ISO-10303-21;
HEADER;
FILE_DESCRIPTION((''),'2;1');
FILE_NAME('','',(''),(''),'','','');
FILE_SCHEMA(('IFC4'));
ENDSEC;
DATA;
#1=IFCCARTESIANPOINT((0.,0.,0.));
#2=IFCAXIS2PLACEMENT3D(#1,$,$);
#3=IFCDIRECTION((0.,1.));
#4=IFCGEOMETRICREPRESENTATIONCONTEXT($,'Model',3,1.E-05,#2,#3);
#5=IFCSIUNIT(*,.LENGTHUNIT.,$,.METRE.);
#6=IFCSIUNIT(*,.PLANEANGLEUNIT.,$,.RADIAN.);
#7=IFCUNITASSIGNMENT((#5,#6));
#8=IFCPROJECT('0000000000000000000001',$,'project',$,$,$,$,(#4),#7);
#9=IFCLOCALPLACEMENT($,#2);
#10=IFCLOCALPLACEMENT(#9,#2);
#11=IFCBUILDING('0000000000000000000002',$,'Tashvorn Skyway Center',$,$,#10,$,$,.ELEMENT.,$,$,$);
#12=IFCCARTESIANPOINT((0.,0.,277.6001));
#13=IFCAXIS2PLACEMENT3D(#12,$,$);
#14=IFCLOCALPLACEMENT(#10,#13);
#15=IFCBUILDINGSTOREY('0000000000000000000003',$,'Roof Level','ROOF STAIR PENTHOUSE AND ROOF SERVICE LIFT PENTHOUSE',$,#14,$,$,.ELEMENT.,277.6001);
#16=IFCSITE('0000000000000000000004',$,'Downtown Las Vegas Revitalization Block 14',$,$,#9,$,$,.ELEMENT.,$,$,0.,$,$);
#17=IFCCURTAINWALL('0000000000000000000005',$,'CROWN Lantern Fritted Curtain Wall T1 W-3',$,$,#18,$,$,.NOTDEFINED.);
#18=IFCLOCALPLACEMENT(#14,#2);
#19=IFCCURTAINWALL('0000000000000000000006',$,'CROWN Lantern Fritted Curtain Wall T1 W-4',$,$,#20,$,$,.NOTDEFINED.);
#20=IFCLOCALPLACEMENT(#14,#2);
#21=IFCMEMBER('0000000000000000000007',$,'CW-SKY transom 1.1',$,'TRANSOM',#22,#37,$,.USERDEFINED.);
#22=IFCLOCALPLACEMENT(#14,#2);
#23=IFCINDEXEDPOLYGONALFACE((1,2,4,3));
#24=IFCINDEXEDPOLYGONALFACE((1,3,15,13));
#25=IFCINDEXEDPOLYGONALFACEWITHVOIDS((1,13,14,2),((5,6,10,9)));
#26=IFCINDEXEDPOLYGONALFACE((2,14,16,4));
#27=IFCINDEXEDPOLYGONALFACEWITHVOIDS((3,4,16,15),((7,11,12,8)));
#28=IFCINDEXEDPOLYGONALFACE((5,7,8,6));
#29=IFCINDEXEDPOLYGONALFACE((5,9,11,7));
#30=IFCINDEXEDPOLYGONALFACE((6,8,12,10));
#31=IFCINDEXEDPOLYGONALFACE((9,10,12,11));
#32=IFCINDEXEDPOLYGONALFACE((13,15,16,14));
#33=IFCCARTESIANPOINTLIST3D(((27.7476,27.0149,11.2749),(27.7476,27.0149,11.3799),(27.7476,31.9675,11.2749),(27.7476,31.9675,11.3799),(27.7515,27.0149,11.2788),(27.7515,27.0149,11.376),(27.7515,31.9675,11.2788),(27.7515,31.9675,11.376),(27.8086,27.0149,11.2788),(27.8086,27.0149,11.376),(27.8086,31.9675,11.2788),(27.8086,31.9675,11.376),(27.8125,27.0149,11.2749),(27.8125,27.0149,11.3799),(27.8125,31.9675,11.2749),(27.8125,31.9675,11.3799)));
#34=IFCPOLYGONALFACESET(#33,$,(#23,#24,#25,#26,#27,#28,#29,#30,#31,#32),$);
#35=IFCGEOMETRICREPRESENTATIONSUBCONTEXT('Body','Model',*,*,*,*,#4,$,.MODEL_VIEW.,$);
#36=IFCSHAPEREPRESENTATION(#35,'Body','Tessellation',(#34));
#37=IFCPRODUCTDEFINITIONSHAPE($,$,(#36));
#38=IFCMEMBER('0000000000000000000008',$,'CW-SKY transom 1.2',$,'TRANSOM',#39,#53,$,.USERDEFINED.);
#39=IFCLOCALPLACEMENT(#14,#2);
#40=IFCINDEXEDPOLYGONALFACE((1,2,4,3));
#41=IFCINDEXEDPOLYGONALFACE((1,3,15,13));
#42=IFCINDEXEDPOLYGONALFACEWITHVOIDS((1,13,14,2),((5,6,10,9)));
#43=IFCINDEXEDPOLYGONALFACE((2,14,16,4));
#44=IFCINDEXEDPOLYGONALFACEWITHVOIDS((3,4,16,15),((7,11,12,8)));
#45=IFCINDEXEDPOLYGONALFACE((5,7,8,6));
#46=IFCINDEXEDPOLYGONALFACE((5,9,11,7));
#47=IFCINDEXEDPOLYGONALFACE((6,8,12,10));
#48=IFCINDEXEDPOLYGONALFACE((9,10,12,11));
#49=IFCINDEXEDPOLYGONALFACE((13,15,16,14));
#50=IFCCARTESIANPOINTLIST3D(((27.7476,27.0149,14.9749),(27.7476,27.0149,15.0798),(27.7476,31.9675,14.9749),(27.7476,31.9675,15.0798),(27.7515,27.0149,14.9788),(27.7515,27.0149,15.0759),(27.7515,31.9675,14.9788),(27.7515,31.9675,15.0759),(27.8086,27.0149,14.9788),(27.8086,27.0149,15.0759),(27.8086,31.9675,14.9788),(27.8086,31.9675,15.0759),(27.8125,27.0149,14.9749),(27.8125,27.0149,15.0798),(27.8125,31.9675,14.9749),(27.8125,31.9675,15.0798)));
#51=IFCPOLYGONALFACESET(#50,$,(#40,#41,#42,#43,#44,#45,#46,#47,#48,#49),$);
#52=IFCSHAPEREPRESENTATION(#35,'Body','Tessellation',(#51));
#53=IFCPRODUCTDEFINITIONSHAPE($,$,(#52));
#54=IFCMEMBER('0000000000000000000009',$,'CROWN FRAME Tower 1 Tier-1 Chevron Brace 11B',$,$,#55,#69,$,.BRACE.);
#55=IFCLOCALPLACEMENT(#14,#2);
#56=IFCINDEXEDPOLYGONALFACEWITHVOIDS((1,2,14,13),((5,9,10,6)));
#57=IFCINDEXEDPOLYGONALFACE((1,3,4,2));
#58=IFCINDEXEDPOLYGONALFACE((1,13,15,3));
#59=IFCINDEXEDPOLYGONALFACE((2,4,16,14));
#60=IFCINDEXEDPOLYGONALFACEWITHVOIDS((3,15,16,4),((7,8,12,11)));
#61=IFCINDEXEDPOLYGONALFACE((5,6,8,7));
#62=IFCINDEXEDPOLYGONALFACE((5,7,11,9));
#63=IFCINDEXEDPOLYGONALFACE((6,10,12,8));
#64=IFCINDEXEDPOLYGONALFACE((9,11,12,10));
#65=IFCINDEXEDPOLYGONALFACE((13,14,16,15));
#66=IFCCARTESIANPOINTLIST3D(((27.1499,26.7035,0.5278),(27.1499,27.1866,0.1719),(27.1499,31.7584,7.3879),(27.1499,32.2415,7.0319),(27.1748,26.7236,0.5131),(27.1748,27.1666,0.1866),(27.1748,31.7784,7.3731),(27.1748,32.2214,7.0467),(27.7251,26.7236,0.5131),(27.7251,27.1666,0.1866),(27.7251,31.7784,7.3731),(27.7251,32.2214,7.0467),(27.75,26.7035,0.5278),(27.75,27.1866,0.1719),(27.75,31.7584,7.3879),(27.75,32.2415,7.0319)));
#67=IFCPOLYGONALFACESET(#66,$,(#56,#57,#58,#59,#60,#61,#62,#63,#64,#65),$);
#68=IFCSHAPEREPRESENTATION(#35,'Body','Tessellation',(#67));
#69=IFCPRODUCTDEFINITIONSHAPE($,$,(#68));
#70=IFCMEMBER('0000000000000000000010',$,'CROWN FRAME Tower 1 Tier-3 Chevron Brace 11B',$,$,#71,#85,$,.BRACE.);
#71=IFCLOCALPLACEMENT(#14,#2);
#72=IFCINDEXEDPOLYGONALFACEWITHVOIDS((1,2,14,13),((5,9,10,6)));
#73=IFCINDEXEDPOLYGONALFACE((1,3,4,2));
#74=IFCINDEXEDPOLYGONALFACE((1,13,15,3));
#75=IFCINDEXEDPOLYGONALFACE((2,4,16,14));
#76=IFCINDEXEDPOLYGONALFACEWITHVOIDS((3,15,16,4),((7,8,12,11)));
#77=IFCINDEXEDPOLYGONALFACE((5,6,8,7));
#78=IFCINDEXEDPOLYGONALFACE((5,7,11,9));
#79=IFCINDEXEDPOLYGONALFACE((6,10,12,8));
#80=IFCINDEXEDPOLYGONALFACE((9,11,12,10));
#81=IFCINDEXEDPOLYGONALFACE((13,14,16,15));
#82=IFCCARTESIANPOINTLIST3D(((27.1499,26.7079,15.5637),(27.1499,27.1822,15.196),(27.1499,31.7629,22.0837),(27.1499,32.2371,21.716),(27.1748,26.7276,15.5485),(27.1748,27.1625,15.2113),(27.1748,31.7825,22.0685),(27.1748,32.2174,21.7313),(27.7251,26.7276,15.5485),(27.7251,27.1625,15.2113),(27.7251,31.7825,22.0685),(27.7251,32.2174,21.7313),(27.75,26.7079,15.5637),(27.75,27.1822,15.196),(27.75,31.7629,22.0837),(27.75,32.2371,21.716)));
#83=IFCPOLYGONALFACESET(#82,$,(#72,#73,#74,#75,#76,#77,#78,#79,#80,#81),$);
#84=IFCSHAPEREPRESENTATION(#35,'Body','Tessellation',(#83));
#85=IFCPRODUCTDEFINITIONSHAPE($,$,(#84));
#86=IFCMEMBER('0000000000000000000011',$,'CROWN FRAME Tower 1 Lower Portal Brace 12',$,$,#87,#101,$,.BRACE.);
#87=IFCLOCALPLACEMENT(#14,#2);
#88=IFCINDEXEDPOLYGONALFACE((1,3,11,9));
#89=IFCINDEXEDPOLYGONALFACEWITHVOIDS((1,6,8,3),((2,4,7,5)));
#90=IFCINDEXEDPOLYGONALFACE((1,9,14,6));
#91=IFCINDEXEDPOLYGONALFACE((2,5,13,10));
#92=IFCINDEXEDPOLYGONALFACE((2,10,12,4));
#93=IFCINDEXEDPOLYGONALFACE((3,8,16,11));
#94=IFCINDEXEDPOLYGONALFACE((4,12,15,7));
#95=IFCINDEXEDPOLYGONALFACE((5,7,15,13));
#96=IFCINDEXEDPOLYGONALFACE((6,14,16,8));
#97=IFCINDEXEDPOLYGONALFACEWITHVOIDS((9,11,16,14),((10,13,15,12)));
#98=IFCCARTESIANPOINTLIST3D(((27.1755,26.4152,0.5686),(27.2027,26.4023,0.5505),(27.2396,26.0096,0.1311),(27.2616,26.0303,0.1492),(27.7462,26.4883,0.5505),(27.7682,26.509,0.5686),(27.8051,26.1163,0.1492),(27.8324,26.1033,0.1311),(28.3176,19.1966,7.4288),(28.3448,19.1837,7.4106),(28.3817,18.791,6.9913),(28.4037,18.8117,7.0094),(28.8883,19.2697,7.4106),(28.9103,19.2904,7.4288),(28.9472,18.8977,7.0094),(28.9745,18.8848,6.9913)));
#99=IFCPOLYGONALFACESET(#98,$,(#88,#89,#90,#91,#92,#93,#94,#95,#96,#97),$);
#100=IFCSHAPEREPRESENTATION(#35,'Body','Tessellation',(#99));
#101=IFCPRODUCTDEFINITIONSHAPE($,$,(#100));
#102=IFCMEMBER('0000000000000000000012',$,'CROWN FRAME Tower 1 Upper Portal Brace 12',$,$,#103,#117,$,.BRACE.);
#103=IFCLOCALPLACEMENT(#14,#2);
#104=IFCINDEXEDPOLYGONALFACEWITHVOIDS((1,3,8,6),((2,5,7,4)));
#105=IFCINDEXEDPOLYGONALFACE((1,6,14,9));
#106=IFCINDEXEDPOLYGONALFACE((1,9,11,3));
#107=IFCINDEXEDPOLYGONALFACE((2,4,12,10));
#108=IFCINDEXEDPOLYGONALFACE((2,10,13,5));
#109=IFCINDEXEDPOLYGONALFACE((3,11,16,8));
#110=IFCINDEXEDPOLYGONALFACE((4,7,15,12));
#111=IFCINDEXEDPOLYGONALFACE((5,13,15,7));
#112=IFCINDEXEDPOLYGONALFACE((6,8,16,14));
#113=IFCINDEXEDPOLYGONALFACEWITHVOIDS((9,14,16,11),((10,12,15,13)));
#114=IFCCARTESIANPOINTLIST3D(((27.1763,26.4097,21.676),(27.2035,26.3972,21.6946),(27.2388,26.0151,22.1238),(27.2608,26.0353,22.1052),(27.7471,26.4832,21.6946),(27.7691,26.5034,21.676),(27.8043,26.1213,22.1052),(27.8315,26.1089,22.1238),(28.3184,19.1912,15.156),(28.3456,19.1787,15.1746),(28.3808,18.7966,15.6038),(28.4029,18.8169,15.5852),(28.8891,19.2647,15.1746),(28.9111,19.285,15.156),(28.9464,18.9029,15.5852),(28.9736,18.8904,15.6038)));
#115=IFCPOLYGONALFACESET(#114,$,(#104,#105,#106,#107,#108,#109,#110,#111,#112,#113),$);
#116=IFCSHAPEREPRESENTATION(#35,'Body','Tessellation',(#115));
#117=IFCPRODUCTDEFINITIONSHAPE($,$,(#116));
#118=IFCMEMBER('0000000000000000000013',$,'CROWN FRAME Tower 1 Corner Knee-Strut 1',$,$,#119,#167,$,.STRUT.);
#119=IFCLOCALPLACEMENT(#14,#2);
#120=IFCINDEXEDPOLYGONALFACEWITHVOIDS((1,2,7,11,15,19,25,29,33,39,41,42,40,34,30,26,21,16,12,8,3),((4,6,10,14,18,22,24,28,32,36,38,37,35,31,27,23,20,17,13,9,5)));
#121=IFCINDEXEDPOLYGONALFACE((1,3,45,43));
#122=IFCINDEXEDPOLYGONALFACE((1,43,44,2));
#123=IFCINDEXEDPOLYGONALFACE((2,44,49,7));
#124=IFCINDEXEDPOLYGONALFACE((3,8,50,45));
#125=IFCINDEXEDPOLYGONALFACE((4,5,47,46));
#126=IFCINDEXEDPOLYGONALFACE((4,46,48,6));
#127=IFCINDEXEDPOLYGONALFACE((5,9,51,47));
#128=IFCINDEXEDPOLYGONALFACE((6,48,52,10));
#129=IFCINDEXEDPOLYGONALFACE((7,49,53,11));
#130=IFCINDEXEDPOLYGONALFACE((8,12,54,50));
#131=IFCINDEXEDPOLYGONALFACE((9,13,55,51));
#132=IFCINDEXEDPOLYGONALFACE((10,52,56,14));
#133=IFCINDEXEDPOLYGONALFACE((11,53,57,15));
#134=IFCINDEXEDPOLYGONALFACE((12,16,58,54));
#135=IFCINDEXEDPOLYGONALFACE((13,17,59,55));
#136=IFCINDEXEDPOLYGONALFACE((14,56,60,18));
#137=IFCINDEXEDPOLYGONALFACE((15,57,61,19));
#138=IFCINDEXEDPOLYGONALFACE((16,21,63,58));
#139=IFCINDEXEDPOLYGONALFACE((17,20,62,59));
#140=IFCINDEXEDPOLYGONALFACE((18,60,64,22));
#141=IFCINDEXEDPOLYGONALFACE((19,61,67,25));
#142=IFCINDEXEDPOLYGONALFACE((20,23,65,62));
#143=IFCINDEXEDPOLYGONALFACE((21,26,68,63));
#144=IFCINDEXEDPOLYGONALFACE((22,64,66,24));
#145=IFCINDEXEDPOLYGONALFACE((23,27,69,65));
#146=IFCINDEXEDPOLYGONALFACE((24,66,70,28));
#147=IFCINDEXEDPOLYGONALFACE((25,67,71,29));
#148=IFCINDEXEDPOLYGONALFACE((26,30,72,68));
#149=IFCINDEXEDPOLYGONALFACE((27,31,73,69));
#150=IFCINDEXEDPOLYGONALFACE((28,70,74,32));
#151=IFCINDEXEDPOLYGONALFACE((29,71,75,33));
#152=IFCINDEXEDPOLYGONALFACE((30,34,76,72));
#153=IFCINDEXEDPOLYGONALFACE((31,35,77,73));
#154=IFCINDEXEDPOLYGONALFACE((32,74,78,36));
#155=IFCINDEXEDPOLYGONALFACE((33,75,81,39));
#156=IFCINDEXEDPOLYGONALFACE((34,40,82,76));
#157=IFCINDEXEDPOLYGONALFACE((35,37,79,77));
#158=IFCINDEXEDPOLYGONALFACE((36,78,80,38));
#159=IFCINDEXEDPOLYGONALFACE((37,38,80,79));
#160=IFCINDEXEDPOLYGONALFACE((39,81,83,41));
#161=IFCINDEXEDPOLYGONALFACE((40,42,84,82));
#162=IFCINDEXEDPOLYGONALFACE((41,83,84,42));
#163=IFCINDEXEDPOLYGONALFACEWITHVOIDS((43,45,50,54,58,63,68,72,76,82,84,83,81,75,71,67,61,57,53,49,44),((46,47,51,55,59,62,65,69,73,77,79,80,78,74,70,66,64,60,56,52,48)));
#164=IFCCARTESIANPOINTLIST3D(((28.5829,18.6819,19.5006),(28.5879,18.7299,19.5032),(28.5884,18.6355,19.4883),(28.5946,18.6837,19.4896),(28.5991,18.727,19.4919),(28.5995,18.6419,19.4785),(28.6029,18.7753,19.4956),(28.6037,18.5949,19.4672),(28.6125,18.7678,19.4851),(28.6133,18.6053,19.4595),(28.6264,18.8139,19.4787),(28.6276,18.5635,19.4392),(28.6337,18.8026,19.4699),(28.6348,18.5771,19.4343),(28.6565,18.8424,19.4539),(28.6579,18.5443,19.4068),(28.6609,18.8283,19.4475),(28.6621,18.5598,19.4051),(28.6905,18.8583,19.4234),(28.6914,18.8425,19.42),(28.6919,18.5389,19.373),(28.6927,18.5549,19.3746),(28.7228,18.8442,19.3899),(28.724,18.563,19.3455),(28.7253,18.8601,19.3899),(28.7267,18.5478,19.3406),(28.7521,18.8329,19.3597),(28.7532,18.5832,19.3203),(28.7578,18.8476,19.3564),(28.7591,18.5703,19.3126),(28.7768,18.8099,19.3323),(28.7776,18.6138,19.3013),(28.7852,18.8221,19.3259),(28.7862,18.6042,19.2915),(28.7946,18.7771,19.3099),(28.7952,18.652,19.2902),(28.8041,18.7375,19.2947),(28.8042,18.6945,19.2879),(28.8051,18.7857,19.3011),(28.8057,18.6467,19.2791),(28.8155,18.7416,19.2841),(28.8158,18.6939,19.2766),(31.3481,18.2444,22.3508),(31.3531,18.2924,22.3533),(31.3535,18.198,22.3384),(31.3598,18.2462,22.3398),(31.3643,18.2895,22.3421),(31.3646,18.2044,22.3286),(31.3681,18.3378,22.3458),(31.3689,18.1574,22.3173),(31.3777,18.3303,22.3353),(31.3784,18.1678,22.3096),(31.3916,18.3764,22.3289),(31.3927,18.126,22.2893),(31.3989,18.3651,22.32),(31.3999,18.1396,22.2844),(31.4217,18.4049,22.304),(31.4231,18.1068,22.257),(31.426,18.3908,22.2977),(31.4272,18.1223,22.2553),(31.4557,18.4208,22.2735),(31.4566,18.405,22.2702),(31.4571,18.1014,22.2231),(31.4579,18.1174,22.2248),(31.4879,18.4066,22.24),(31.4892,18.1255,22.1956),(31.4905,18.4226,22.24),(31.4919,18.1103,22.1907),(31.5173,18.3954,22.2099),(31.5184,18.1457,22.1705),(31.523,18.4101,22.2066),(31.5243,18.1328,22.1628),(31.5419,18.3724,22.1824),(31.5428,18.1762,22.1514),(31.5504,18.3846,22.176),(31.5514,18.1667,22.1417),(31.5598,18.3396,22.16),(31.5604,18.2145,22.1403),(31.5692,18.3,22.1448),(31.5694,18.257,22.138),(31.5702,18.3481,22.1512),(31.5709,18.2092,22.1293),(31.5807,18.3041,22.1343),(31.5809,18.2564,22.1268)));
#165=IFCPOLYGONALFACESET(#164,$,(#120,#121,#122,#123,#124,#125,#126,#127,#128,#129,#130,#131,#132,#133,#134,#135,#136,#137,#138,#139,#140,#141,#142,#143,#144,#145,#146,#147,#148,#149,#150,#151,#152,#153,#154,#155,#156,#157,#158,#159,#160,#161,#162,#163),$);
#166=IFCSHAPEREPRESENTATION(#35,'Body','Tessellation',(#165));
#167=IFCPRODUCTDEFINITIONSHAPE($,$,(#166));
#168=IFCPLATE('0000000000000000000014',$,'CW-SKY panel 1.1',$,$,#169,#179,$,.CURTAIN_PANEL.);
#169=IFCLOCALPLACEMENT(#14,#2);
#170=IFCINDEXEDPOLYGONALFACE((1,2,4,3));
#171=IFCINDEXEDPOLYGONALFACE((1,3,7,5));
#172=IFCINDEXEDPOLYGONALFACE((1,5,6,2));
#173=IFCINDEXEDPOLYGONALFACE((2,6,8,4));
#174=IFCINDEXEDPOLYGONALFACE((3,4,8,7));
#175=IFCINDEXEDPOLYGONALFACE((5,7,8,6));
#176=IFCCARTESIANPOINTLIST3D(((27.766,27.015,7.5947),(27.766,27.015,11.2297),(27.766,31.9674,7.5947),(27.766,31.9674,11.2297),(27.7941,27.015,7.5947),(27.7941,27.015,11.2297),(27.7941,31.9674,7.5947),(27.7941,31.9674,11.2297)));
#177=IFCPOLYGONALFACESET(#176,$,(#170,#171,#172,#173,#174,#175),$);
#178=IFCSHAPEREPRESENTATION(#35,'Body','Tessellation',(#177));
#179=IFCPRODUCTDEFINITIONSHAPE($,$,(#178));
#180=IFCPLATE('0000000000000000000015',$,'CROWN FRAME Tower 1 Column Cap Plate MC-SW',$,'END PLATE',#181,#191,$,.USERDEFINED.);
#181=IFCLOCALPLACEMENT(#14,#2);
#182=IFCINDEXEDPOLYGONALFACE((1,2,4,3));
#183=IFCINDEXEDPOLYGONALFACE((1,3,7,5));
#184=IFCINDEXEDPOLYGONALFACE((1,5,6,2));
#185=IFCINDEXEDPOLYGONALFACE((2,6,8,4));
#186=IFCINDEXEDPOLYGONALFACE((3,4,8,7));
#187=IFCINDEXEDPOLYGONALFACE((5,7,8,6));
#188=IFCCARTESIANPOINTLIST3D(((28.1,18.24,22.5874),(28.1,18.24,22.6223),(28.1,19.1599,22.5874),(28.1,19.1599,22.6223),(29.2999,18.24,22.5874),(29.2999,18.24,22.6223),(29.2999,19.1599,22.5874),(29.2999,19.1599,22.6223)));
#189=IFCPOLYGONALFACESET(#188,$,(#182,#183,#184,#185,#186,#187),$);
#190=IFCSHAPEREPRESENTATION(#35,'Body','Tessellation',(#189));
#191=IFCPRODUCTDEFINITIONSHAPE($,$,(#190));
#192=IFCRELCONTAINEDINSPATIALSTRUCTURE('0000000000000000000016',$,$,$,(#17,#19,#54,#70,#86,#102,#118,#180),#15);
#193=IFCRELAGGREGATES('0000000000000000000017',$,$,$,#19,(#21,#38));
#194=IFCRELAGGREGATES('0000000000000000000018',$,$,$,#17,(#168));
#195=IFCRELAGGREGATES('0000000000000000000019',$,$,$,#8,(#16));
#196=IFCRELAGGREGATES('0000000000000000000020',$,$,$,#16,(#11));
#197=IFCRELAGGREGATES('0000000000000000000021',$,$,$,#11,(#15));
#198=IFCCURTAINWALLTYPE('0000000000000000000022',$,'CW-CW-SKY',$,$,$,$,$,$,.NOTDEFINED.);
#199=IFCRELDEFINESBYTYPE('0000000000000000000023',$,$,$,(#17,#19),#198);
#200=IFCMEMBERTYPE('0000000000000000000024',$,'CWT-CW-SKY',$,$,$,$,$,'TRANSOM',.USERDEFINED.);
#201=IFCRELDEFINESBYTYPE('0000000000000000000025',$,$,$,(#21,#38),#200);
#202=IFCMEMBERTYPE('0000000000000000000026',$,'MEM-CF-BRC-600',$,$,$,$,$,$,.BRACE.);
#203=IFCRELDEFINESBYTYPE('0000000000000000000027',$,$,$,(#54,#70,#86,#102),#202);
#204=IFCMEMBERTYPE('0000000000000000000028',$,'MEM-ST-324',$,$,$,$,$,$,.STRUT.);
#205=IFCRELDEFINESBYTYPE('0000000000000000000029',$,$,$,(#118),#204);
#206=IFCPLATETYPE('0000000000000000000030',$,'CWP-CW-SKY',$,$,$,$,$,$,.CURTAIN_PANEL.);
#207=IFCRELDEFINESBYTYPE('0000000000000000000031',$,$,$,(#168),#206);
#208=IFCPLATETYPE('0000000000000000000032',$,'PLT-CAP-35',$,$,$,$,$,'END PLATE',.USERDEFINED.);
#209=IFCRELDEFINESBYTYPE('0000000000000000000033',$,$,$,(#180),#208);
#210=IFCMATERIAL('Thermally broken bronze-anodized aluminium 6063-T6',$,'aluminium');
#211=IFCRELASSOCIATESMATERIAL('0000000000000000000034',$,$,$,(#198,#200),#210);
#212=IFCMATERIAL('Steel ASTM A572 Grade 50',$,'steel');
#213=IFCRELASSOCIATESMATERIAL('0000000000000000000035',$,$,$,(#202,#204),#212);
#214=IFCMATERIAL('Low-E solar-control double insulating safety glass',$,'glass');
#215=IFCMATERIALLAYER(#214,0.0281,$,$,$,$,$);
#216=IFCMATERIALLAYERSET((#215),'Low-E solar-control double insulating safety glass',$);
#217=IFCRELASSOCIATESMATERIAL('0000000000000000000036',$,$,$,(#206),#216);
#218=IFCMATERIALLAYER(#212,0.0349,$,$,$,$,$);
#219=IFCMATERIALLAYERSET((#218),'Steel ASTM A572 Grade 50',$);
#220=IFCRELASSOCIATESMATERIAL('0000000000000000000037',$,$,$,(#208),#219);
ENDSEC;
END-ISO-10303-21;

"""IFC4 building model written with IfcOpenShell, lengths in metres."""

from ifc_helpers import new_model, si_unit, direction, frame, origin, origin_2d, place, context, subcontext, project, spatial, rectangle, hollow_rectangle, hollow_circle, extrude, material, layer, layer_set, material_profile, profile_set, type_object, element, aggregate, save


model = new_model("IFC4")

# Units and contexts
model_context = context("Model", 3, precision=1e-05, world=origin(), true_north=direction((0.0, 1.0)))
body_context = subcontext(model_context, "Body", "Model", "MODEL_VIEW")
ifc_project = project(units=[si_unit("LENGTHUNIT", "METRE"), si_unit("PLANEANGLEUNIT", "RADIAN")], contexts=[model_context])

# Site, building, storey
site_placement = place(None, origin())
site = spatial("IfcSite", under=ifc_project, at=site_placement, Name="Downtown Las Vegas Revitalization Block 14", CompositionType="ELEMENT", RefElevation=0.0)
building_placement = place(site_placement, origin())
building = spatial("IfcBuilding", under=site, at=building_placement, Name="Tashvorn Skyway Center", CompositionType="ELEMENT")
storey_placement = place(building_placement, frame((0.0, 0.0, 277.6001)))
storey = spatial("IfcBuildingStorey", under=building, at=storey_placement, Name="Roof Level", Description="ROOF STAIR PENTHOUSE AND ROOF SERVICE LIFT PENTHOUSE", CompositionType="ELEMENT", Elevation=277.6001)

# Shared definitions
ifc_material_1 = material(Name="Steel ASTM A572 Grade 50", Category="steel")

# Curtain walls
ifc_material_2 = material(Name="Thermally broken bronze-anodized aluminium 6063-T6", Category="aluminium")
curtain_wall_type = type_object("IfcCurtainWallType", Name="CW-CW-SKY", PredefinedType="NOTDEFINED", material=ifc_material_2)
curtain_wall_1_placement = place(storey_placement, origin())
curtain_wall_1 = element("IfcCurtainWall", 1, at=curtain_wall_1_placement, inside=storey, type_object=curtain_wall_type, Name="CROWN Lantern Fritted Curtain Wall T1 W-3", PredefinedType="NOTDEFINED")
curtain_wall_2_placement = place(storey_placement, origin())
curtain_wall_2 = element("IfcCurtainWall", 2, at=curtain_wall_2_placement, inside=storey, type_object=curtain_wall_type, Name="CROWN Lantern Fritted Curtain Wall T1 W-4", PredefinedType="NOTDEFINED")

# Members
ifc_material_profile_1 = material_profile(ifc_material_2, hollow_rectangle(XDim=0.0649, YDim=0.105, WallThickness=0.0039, at=origin_2d()), Name="ALU-TRAN-65x105")
ifc_profile_set_1 = profile_set([ifc_material_profile_1], Name="Thermally broken bronze-anodized aluminium 6063-T6")
member_type_1 = type_object("IfcMemberType", Name="CWT-CW-SKY", ElementType="TRANSOM", PredefinedType="USERDEFINED", material=ifc_profile_set_1)
member_1_placement = place(storey_placement, frame((27.78, 27.0149, 11.3274), z_axis=(0.0, 1.0, 0.0), x_axis=(-1.0, 0.0, 0.0)))
member_1 = element("IfcMember", 3, at=member_1_placement, type_object=member_type_1, Name="CW-SKY transom 1.1", ObjectType="TRANSOM", PredefinedType="USERDEFINED", context=body_context, shape_type="SweptSolid", body=[
    extrude(hollow_rectangle(XDim=0.0649, YDim=0.105, WallThickness=0.0039, at=origin_2d()), origin(), (0.0, 0.0, 1.0), 4.9526),
])
member_2_placement = place(storey_placement, frame((27.78, 27.0149, 15.0273), z_axis=(0.0, 1.0, 0.0), x_axis=(-1.0, 0.0, 0.0)))
member_2 = element("IfcMember", 4, at=member_2_placement, type_object=member_type_1, Name="CW-SKY transom 1.2", ObjectType="TRANSOM", PredefinedType="USERDEFINED", context=body_context, shape_type="SweptSolid", body=[
    extrude(hollow_rectangle(XDim=0.0649, YDim=0.105, WallThickness=0.0039, at=origin_2d()), origin(), (0.0, 0.0, 1.0), 4.9526),
])
aggregate(curtain_wall_2, [member_1, member_2])

# Members
ifc_material_profile_2 = material_profile(ifc_material_1, hollow_rectangle(XDim=0.6001, YDim=0.6001, WallThickness=0.0249, at=origin_2d()), Name="BOX600x600x25")
ifc_profile_set_2 = profile_set([ifc_material_profile_2], Name="Steel ASTM A572 Grade 50")
member_type_2 = type_object("IfcMemberType", Name="MEM-CF-BRC-600", PredefinedType="BRACE", material=ifc_profile_set_2)
member_3_placement = place(storey_placement, frame((27.45, 26.9451, 0.3499), z_axis=(0.0, 0.593208, 0.805049), x_axis=(-1.0, 0.0, 0.0)))
element("IfcMember", 5, at=member_3_placement, inside=storey, type_object=member_type_2, Name="CROWN FRAME Tower 1 Tier-1 Chevron Brace 11B", PredefinedType="BRACE", context=body_context, shape_type="SweptSolid", body=[
    extrude(hollow_rectangle(XDim=0.6001, YDim=0.6001, WallThickness=0.0249, at=origin_2d()), origin(), (0.0, 0.0, 1.0), 8.5212),
])
member_4_placement = place(storey_placement, frame((27.45, 26.9451, 15.3799), z_axis=(0.0, 0.612717, 0.790303), x_axis=(-1.0, 0.0, 0.0)))
element("IfcMember", 6, at=member_4_placement, inside=storey, type_object=member_type_2, Name="CROWN FRAME Tower 1 Tier-3 Chevron Brace 11B", PredefinedType="BRACE", context=body_context, shape_type="SweptSolid", body=[
    extrude(hollow_rectangle(XDim=0.6001, YDim=0.6001, WallThickness=0.0249, at=origin_2d()), origin(), (0.0, 0.0, 1.0), 8.25),
])
member_5_placement = place(storey_placement, frame((27.5039, 26.2593, 0.3499), z_axis=(0.11394, -0.720152, 0.684397), x_axis=(0.987714, 0.156273, 0.0)))
element("IfcMember", 7, at=member_5_placement, inside=storey, type_object=member_type_2, Name="CROWN FRAME Tower 1 Lower Portal Brace 12", PredefinedType="BRACE", context=body_context, shape_type="SweptSolid", body=[
    extrude(hollow_rectangle(XDim=0.6001, YDim=0.6001, WallThickness=0.0249, at=origin_2d()), origin(), (0.0, 0.0, 1.0), 10.0237),
])
member_6_placement = place(storey_placement, frame((28.646, 19.0408, 15.3799), z_axis=(-0.116612, 0.737036, 0.665718), x_axis=(-0.987714, -0.156273, 0.0)))
element("IfcMember", 8, at=member_6_placement, inside=storey, type_object=member_type_2, Name="CROWN FRAME Tower 1 Upper Portal Brace 12", PredefinedType="BRACE", context=body_context, shape_type="SweptSolid", body=[
    extrude(hollow_rectangle(XDim=0.6001, YDim=0.6001, WallThickness=0.0249, at=origin_2d()), origin(), (0.0, 0.0, 1.0), 9.7939),
])
ifc_material_profile_3 = material_profile(ifc_material_1, hollow_circle(Radius=0.1621, WallThickness=0.0161, at=origin_2d()), Name="CHS324x16")
ifc_profile_set_3 = profile_set([ifc_material_profile_3], Name="Steel ASTM A572 Grade 50")
member_type_3 = type_object("IfcMemberType", Name="MEM-ST-324", PredefinedType="STRUT", material=ifc_profile_set_3)
member_7_placement = place(storey_placement, frame((28.7, 18.7, 19.3899), z_axis=(0.69214, -0.10951, 0.713407), x_axis=(0.156276, 0.987713, 0.0)))
element("IfcMember", 9, at=member_7_placement, inside=storey, type_object=member_type_3, Name="CROWN FRAME Tower 1 Corner Knee-Strut 1", PredefinedType="STRUT", context=body_context, shape_type="SweptSolid", body=[
    extrude(hollow_circle(Radius=0.1621, WallThickness=0.0161, at=origin_2d()), origin(), (0.0, 0.0, 1.0), 3.9951),
])

# Plate
ifc_material_3 = material(Name="Low-E solar-control double insulating safety glass", Category="glass")
ifc_layer_1 = layer(ifc_material_3, 0.0281)
ifc_layer_set_1 = layer_set([ifc_layer_1], Name="Low-E solar-control double insulating safety glass")
plate_type_1 = type_object("IfcPlateType", Name="CWP-CW-SKY", PredefinedType="CURTAIN_PANEL", material=ifc_layer_set_1)
plate_placement = place(storey_placement, frame((27.78, 29.4912, 7.5947), z_axis=(0.0, 0.0, 1.0), x_axis=(0.0, 1.0, 0.0)))
plate = element("IfcPlate", 10, at=plate_placement, type_object=plate_type_1, Name="CW-SKY panel 1.1", PredefinedType="CURTAIN_PANEL", context=body_context, shape_type="SweptSolid", body=[
    extrude(rectangle(XDim=4.9524, YDim=0.0281, at=origin_2d()), origin(), (0.0, 0.0, 1.0), 3.635),
])
aggregate(curtain_wall_1, [plate])

# Plate
ifc_layer_2 = layer(ifc_material_1, 0.0349)
ifc_layer_set_2 = layer_set([ifc_layer_2], Name="Steel ASTM A572 Grade 50")
plate_type_2 = type_object("IfcPlateType", Name="PLT-CAP-35", ElementType="END PLATE", PredefinedType="USERDEFINED", material=ifc_layer_set_2)
for number, where, z_axis, x_axis, name in (
    (11, (28.7, 18.7, 22.5874), (0.0, 0.0, 1.0), (1.0, 0.0, 0.0), "CROWN FRAME Tower 1 Column Cap Plate MC-SW"),
):
    element("IfcPlate", number, at=place(storey_placement, frame(where, z_axis=z_axis, x_axis=x_axis)), inside=storey, type_object=plate_type_2, Name=name, ObjectType="END PLATE", PredefinedType="USERDEFINED", context=body_context, shape_type="SweptSolid", body=[
        extrude(rectangle(XDim=1.2, YDim=0.9199, at=origin_2d()), origin(), (0.0, 0.0, 1.0), 0.0349),
    ])

save(model, "model.ifc")
